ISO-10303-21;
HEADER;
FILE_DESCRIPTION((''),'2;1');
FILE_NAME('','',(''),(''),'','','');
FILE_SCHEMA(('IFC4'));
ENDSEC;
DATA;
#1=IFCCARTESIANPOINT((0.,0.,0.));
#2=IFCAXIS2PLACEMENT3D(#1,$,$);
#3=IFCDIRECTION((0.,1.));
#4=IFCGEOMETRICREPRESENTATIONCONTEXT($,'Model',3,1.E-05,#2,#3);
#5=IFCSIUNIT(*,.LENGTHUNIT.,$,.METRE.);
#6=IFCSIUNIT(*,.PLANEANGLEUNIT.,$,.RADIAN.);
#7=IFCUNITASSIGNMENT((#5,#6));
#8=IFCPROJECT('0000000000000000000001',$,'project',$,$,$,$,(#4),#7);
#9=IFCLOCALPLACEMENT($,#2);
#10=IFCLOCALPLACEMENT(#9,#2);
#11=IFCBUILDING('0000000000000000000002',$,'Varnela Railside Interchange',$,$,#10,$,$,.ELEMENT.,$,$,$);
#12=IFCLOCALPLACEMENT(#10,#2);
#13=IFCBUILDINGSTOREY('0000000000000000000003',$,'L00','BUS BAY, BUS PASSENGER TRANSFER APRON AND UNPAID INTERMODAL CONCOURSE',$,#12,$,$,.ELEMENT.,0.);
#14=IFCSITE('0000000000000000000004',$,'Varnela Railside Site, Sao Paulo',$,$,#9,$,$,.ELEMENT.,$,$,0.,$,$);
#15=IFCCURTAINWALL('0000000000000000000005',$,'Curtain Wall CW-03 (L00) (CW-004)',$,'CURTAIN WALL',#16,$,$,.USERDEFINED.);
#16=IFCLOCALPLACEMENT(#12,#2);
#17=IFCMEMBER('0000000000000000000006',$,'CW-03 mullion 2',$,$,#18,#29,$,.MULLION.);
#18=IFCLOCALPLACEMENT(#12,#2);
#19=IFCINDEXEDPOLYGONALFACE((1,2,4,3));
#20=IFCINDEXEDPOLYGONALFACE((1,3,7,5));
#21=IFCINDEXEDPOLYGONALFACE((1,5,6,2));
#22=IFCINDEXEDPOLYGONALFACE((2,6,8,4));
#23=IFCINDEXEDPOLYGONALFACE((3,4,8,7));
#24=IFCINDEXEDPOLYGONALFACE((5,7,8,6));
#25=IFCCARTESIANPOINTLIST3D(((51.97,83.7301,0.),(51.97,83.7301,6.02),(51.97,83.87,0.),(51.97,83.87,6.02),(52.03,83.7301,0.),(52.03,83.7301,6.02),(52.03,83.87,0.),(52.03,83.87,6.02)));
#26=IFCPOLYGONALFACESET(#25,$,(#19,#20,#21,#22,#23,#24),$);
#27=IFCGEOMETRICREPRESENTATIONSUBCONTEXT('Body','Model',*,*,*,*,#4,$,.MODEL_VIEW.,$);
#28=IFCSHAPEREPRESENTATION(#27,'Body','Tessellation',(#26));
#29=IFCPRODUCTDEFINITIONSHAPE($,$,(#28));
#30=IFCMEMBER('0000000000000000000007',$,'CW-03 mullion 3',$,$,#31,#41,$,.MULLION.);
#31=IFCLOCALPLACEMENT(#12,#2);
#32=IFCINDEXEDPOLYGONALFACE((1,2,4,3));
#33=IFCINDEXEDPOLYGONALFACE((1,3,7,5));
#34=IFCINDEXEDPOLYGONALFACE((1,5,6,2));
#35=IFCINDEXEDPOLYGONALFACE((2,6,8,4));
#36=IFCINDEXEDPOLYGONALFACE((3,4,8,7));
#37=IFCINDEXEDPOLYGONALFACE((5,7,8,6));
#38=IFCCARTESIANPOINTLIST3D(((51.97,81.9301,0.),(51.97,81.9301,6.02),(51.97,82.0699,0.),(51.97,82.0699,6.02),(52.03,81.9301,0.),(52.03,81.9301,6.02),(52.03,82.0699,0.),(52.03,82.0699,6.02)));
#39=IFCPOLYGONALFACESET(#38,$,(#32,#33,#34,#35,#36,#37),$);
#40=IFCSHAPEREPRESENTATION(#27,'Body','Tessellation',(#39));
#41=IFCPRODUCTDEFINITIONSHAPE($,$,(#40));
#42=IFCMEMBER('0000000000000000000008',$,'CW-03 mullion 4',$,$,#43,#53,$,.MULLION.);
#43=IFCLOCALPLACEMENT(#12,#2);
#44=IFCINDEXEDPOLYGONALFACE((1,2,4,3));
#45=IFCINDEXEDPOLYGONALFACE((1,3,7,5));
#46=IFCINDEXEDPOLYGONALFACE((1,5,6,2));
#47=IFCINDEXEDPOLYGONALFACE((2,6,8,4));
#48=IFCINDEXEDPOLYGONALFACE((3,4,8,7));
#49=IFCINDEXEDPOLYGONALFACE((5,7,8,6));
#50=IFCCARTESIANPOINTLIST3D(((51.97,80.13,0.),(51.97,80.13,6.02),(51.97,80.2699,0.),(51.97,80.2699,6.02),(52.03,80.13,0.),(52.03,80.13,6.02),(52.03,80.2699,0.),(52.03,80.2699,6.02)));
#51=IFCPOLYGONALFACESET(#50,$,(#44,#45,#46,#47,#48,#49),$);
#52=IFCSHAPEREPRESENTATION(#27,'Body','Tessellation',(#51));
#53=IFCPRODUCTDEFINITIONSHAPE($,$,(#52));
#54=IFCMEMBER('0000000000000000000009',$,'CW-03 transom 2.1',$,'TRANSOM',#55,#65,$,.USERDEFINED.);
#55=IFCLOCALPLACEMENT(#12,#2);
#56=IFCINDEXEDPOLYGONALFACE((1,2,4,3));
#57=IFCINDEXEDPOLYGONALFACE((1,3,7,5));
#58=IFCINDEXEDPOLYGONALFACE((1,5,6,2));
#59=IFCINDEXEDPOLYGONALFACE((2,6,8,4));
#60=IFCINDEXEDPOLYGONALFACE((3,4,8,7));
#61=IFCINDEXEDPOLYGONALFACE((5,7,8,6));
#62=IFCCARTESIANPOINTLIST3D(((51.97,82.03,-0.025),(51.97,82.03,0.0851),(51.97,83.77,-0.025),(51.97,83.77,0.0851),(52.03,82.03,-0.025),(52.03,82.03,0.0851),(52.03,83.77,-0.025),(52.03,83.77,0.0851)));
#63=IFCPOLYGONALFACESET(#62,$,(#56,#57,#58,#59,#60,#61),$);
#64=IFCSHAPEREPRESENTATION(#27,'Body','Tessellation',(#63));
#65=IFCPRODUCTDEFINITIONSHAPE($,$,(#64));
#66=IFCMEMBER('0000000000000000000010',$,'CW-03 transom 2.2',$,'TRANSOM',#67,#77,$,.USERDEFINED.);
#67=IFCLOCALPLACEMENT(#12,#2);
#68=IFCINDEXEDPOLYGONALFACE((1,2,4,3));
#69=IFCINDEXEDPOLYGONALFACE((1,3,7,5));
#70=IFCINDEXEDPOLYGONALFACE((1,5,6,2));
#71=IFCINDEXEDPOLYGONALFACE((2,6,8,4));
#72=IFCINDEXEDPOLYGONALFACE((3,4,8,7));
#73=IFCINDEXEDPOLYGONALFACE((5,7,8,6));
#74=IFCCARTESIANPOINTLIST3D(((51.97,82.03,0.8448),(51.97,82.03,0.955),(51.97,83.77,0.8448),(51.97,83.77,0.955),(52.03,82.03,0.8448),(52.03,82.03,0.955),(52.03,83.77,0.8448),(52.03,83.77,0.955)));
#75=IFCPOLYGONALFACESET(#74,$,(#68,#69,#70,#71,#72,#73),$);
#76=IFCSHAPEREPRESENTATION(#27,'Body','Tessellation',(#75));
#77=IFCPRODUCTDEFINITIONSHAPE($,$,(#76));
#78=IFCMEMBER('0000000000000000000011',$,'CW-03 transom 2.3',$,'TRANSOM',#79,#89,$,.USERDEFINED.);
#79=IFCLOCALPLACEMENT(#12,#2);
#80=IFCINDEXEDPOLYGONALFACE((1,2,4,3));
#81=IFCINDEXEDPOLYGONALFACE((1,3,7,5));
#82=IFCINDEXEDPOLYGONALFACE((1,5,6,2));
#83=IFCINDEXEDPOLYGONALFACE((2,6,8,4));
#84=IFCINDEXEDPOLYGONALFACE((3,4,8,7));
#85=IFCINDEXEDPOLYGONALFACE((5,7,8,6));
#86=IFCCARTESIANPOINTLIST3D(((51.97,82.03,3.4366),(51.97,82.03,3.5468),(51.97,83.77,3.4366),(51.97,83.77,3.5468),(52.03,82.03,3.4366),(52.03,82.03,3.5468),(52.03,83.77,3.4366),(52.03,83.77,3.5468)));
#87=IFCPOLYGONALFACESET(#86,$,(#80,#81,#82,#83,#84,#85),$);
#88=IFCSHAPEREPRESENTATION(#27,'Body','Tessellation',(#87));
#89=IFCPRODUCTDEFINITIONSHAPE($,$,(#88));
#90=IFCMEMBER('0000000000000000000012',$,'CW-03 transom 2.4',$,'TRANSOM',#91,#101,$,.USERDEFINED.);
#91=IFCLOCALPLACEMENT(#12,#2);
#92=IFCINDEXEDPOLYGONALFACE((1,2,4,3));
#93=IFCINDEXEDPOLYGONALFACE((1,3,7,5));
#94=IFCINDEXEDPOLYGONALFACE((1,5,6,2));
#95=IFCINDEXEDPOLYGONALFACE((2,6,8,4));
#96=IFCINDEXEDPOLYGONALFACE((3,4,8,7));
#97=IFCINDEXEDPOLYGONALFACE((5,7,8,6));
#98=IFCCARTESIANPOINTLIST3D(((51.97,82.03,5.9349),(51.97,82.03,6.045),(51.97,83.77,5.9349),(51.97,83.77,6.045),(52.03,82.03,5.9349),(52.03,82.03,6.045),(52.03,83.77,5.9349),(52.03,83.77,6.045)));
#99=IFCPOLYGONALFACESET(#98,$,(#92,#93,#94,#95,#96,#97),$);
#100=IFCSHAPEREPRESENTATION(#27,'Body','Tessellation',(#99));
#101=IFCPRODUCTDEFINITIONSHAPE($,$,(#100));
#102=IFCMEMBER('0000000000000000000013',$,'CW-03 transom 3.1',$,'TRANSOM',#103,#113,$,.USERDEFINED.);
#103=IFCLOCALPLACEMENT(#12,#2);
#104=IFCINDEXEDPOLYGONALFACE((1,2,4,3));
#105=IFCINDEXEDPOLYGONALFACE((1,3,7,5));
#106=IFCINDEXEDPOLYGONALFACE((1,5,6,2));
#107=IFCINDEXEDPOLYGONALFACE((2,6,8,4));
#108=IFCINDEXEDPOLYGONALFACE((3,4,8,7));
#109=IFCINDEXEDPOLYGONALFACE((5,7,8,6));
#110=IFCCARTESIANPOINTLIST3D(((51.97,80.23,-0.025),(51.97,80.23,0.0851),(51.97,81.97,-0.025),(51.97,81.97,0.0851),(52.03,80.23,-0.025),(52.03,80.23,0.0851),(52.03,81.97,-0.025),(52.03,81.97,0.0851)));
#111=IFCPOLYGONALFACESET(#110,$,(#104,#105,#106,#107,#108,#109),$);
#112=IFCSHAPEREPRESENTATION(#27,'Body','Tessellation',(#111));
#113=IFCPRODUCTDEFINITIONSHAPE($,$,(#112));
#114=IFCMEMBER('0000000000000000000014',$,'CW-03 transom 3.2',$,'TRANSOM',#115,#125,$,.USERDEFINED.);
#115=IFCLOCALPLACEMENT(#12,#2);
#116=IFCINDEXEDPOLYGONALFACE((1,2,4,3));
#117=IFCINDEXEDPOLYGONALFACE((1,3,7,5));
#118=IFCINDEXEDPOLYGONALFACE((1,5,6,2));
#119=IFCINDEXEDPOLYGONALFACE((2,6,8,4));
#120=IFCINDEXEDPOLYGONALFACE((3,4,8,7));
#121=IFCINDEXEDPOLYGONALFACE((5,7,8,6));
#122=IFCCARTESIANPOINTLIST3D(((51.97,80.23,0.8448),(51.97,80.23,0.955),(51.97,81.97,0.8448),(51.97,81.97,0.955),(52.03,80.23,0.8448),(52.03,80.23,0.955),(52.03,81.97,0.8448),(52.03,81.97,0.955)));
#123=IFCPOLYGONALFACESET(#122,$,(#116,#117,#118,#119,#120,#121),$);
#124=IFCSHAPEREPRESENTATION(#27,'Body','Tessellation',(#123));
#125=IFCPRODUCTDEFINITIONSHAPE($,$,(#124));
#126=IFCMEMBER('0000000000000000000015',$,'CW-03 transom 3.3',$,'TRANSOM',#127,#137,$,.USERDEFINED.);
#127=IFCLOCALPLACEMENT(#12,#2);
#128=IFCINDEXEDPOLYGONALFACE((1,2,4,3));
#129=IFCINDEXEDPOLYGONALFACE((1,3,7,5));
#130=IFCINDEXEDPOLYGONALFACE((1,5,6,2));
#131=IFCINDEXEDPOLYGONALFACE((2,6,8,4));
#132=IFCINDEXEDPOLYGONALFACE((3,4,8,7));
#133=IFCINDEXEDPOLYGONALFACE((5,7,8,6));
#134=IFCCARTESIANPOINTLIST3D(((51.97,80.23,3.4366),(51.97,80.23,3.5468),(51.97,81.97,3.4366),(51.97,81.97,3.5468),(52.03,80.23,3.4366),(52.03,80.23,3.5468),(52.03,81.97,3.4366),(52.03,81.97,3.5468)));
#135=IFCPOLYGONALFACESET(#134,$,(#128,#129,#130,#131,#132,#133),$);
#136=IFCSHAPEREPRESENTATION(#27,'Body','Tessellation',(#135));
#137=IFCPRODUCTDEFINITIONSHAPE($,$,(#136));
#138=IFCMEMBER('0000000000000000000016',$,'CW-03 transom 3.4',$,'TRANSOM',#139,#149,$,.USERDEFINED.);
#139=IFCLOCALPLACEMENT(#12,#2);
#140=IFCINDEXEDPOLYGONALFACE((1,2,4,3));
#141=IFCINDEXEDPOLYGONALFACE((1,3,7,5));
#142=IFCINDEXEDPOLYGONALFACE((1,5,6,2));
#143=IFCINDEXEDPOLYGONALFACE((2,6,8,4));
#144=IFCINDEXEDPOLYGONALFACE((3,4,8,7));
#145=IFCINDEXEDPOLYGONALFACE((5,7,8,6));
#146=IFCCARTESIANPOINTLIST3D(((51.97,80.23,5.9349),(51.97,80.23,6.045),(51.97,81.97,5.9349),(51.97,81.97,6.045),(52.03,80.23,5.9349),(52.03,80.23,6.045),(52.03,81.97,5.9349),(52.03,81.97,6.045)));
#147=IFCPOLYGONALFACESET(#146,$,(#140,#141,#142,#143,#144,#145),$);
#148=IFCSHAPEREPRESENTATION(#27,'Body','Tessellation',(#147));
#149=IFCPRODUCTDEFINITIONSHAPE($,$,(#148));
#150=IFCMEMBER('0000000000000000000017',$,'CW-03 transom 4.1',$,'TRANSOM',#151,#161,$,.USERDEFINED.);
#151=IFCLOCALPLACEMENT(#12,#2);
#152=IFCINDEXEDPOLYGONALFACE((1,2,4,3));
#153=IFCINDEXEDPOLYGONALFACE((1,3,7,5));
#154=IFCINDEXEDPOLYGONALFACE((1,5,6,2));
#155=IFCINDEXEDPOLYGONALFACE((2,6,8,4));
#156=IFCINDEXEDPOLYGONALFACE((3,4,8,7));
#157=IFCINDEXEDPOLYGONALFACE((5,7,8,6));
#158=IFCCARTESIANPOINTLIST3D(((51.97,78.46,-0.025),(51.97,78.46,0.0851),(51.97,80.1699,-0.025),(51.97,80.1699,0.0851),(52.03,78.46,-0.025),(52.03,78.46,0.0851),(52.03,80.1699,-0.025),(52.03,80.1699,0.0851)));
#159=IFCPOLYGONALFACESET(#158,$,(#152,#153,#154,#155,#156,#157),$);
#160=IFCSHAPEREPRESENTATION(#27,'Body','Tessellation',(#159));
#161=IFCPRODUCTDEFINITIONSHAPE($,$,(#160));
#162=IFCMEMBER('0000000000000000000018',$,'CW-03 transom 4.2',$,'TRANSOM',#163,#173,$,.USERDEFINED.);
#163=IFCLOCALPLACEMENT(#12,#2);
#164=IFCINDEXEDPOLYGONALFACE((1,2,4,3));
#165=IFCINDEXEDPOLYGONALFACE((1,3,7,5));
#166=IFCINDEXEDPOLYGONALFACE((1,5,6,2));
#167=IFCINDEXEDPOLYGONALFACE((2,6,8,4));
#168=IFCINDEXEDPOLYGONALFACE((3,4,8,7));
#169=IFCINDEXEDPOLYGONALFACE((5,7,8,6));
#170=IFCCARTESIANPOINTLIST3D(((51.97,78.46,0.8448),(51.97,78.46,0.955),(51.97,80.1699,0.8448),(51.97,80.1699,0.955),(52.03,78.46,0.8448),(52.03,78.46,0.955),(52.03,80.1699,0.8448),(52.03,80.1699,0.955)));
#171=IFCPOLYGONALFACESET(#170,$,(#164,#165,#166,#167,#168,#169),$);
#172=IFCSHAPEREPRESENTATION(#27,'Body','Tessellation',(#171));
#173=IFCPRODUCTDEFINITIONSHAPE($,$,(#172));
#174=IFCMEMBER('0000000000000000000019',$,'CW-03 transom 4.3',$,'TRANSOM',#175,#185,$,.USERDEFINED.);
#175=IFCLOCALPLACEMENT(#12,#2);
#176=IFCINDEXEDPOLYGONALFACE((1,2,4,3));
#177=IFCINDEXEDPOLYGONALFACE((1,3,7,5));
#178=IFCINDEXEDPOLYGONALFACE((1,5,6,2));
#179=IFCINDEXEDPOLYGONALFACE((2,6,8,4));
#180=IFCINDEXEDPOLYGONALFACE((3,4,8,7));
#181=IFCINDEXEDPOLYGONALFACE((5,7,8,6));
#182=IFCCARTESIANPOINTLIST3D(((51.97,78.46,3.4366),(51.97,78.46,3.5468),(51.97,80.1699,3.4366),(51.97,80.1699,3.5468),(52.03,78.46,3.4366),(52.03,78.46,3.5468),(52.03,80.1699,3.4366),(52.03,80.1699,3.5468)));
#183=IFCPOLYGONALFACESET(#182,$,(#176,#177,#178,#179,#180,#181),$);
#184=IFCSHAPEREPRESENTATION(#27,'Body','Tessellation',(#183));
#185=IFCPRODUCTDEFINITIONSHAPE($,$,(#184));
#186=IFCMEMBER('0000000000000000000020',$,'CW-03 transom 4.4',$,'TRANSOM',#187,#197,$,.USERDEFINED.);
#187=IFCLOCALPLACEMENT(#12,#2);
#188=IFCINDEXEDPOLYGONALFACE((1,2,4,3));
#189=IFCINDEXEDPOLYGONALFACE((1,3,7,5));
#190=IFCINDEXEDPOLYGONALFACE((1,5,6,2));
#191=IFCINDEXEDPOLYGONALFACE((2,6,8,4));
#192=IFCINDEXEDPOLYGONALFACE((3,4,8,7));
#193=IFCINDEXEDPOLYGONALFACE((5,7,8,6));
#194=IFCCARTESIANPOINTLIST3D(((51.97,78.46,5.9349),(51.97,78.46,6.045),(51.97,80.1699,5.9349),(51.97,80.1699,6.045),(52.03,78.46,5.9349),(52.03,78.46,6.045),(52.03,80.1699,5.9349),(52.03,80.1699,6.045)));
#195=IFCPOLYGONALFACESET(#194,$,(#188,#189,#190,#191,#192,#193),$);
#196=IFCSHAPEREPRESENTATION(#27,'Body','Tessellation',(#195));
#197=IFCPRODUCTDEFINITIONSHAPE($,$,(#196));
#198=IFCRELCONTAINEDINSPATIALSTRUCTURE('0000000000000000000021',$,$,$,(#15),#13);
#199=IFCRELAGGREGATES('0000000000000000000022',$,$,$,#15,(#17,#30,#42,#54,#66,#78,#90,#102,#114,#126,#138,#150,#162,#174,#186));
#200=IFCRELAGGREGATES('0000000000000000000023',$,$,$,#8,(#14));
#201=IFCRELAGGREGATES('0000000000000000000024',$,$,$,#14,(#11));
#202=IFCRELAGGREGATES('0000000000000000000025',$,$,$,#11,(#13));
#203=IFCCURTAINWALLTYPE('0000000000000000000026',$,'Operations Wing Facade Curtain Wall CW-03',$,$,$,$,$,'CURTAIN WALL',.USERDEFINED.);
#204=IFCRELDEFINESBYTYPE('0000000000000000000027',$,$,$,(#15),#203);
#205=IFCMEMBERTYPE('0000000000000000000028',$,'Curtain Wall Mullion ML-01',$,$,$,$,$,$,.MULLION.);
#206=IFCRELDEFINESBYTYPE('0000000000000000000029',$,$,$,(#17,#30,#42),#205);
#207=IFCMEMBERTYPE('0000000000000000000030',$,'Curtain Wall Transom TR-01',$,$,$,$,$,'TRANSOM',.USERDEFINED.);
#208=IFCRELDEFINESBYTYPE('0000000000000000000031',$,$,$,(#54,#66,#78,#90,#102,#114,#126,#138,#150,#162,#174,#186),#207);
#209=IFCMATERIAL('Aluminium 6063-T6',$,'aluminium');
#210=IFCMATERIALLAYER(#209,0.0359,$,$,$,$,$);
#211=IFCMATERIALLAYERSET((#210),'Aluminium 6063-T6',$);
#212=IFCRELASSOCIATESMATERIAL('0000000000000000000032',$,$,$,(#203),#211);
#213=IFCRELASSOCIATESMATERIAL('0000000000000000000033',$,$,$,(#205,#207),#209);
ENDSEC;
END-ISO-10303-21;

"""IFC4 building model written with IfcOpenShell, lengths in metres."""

from ifc_helpers import new_model, si_unit, direction, frame, origin, origin_2d, place, context, subcontext, project, spatial, rectangle, extrude, material, layer, layer_set, material_profile, profile_set, type_object, element, aggregate, save


model = new_model("IFC4")

# Units and contexts
model_context = context("Model", 3, precision=1e-05, world=origin(), true_north=direction((0.0, 1.0)))
body_context = subcontext(model_context, "Body", "Model", "MODEL_VIEW")
ifc_project = project(units=[si_unit("LENGTHUNIT", "METRE"), si_unit("PLANEANGLEUNIT", "RADIAN")], contexts=[model_context])

# Site, building, storey
site_placement = place(None, origin())
site = spatial("IfcSite", under=ifc_project, at=site_placement, Name="Varnela Railside Site, Sao Paulo", CompositionType="ELEMENT", RefElevation=0.0)
building_placement = place(site_placement, origin())
building = spatial("IfcBuilding", under=site, at=building_placement, Name="Varnela Railside Interchange", CompositionType="ELEMENT")
storey_placement = place(building_placement, origin())
storey = spatial("IfcBuildingStorey", under=building, at=storey_placement, Name="L00", Description="BUS BAY, BUS PASSENGER TRANSFER APRON AND UNPAID INTERMODAL CONCOURSE", CompositionType="ELEMENT", Elevation=0.0)

# Curtain wall, members
ifc_material_1 = material(Name="Aluminium 6063-T6", Category="aluminium")
ifc_layer_1 = layer(ifc_material_1, 0.0359)
ifc_layer_set_1 = layer_set([ifc_layer_1], Name="Aluminium 6063-T6")
curtain_wall_type = type_object("IfcCurtainWallType", Name="Operations Wing Facade Curtain Wall CW-03", ElementType="CURTAIN WALL", PredefinedType="USERDEFINED", material=ifc_layer_set_1)
curtain_wall_placement = place(storey_placement, origin())
curtain_wall = element("IfcCurtainWall", 1, at=curtain_wall_placement, inside=storey, type_object=curtain_wall_type, Name="Curtain Wall CW-03 (L00) (CW-004)", ObjectType="CURTAIN WALL", PredefinedType="USERDEFINED")
ifc_material_profile_1 = material_profile(ifc_material_1, rectangle(XDim=0.0601, YDim=0.1399, at=origin_2d()), Name="ALU 60x140")
ifc_profile_set_1 = profile_set([ifc_material_profile_1], Name="Aluminium 6063-T6")
member_type_1 = type_object("IfcMemberType", Name="Curtain Wall Mullion ML-01", PredefinedType="MULLION", material=ifc_profile_set_1)
member_1_placement = place(storey_placement, frame((52.0, 83.8, 0.0), z_axis=(0.0, 0.0, 1.0), x_axis=(1.0, 0.0, 0.0)))
member_1 = element("IfcMember", 2, at=member_1_placement, type_object=member_type_1, Name="CW-03 mullion 2", PredefinedType="MULLION", context=body_context, shape_type="SweptSolid", body=[
    extrude(rectangle(XDim=0.0601, YDim=0.1399, at=origin_2d()), origin(), (0.0, 0.0, 1.0), 6.02),
])
member_2_placement = place(storey_placement, frame((52.0, 82.0, 0.0), z_axis=(0.0, 0.0, 1.0), x_axis=(1.0, 0.0, 0.0)))
member_2 = element("IfcMember", 3, at=member_2_placement, type_object=member_type_1, Name="CW-03 mullion 3", PredefinedType="MULLION", context=body_context, shape_type="SweptSolid", body=[
    extrude(rectangle(XDim=0.0601, YDim=0.1399, at=origin_2d()), origin(), (0.0, 0.0, 1.0), 6.02),
])
member_3_placement = place(storey_placement, frame((52.0, 80.2, 0.0), z_axis=(0.0, 0.0, 1.0), x_axis=(1.0, 0.0, 0.0)))
member_3 = element("IfcMember", 4, at=member_3_placement, type_object=member_type_1, Name="CW-03 mullion 4", PredefinedType="MULLION", context=body_context, shape_type="SweptSolid", body=[
    extrude(rectangle(XDim=0.0601, YDim=0.1399, at=origin_2d()), origin(), (0.0, 0.0, 1.0), 6.02),
])
ifc_material_profile_2 = material_profile(ifc_material_1, rectangle(XDim=0.0601, YDim=0.1101, at=origin_2d()), Name="ALU 60x110")
ifc_profile_set_2 = profile_set([ifc_material_profile_2], Name="Aluminium 6063-T6")
member_type_2 = type_object("IfcMemberType", Name="Curtain Wall Transom TR-01", ElementType="TRANSOM", PredefinedType="USERDEFINED", material=ifc_profile_set_2)
member_4_placement = place(storey_placement, frame((52.0, 83.77, 0.03), z_axis=(0.0, -1.0, 0.0), x_axis=(1.0, 0.0, 0.0)))
member_4 = element("IfcMember", 5, at=member_4_placement, type_object=member_type_2, Name="CW-03 transom 2.1", ObjectType="TRANSOM", PredefinedType="USERDEFINED", context=body_context, shape_type="SweptSolid", body=[
    extrude(rectangle(XDim=0.0601, YDim=0.1101, at=origin_2d()), origin(), (0.0, 0.0, 1.0), 1.74),
])
member_5_placement = place(storey_placement, frame((52.0, 83.77, 0.8999), z_axis=(0.0, -1.0, 0.0), x_axis=(1.0, 0.0, 0.0)))
member_5 = element("IfcMember", 6, at=member_5_placement, type_object=member_type_2, Name="CW-03 transom 2.2", ObjectType="TRANSOM", PredefinedType="USERDEFINED", context=body_context, shape_type="SweptSolid", body=[
    extrude(rectangle(XDim=0.0601, YDim=0.1101, at=origin_2d()), origin(), (0.0, 0.0, 1.0), 1.74),
])
member_6_placement = place(storey_placement, frame((52.0, 83.77, 3.4917), z_axis=(0.0, -1.0, 0.0), x_axis=(1.0, 0.0, 0.0)))
member_6 = element("IfcMember", 7, at=member_6_placement, type_object=member_type_2, Name="CW-03 transom 2.3", ObjectType="TRANSOM", PredefinedType="USERDEFINED", context=body_context, shape_type="SweptSolid", body=[
    extrude(rectangle(XDim=0.0601, YDim=0.1101, at=origin_2d()), origin(), (0.0, 0.0, 1.0), 1.74),
])
member_7_placement = place(storey_placement, frame((52.0, 83.77, 5.99), z_axis=(0.0, -1.0, 0.0), x_axis=(1.0, 0.0, 0.0)))
member_7 = element("IfcMember", 8, at=member_7_placement, type_object=member_type_2, Name="CW-03 transom 2.4", ObjectType="TRANSOM", PredefinedType="USERDEFINED", context=body_context, shape_type="SweptSolid", body=[
    extrude(rectangle(XDim=0.0601, YDim=0.1101, at=origin_2d()), origin(), (0.0, 0.0, 1.0), 1.74),
])
member_8_placement = place(storey_placement, frame((52.0, 81.97, 0.03), z_axis=(0.0, -1.0, 0.0), x_axis=(1.0, 0.0, 0.0)))
member_8 = element("IfcMember", 9, at=member_8_placement, type_object=member_type_2, Name="CW-03 transom 3.1", ObjectType="TRANSOM", PredefinedType="USERDEFINED", context=body_context, shape_type="SweptSolid", body=[
    extrude(rectangle(XDim=0.0601, YDim=0.1101, at=origin_2d()), origin(), (0.0, 0.0, 1.0), 1.74),
])
member_9_placement = place(storey_placement, frame((52.0, 81.97, 0.8999), z_axis=(0.0, -1.0, 0.0), x_axis=(1.0, 0.0, 0.0)))
member_9 = element("IfcMember", 10, at=member_9_placement, type_object=member_type_2, Name="CW-03 transom 3.2", ObjectType="TRANSOM", PredefinedType="USERDEFINED", context=body_context, shape_type="SweptSolid", body=[
    extrude(rectangle(XDim=0.0601, YDim=0.1101, at=origin_2d()), origin(), (0.0, 0.0, 1.0), 1.74),
])
member_10_placement = place(storey_placement, frame((52.0, 81.97, 3.4917), z_axis=(0.0, -1.0, 0.0), x_axis=(1.0, 0.0, 0.0)))
member_10 = element("IfcMember", 11, at=member_10_placement, type_object=member_type_2, Name="CW-03 transom 3.3", ObjectType="TRANSOM", PredefinedType="USERDEFINED", context=body_context, shape_type="SweptSolid", body=[
    extrude(rectangle(XDim=0.0601, YDim=0.1101, at=origin_2d()), origin(), (0.0, 0.0, 1.0), 1.74),
])
member_11_placement = place(storey_placement, frame((52.0, 81.97, 5.99), z_axis=(0.0, -1.0, 0.0), x_axis=(1.0, 0.0, 0.0)))
member_11 = element("IfcMember", 12, at=member_11_placement, type_object=member_type_2, Name="CW-03 transom 3.4", ObjectType="TRANSOM", PredefinedType="USERDEFINED", context=body_context, shape_type="SweptSolid", body=[
    extrude(rectangle(XDim=0.0601, YDim=0.1101, at=origin_2d()), origin(), (0.0, 0.0, 1.0), 1.74),
])
member_12_placement = place(storey_placement, frame((52.0, 80.1699, 0.03), z_axis=(0.0, -1.0, 0.0), x_axis=(1.0, 0.0, 0.0)))
member_12 = element("IfcMember", 13, at=member_12_placement, type_object=member_type_2, Name="CW-03 transom 4.1", ObjectType="TRANSOM", PredefinedType="USERDEFINED", context=body_context, shape_type="SweptSolid", body=[
    extrude(rectangle(XDim=0.0601, YDim=0.1101, at=origin_2d()), origin(), (0.0, 0.0, 1.0), 1.71),
])
member_13_placement = place(storey_placement, frame((52.0, 80.1699, 0.8999), z_axis=(0.0, -1.0, 0.0), x_axis=(1.0, 0.0, 0.0)))
member_13 = element("IfcMember", 14, at=member_13_placement, type_object=member_type_2, Name="CW-03 transom 4.2", ObjectType="TRANSOM", PredefinedType="USERDEFINED", context=body_context, shape_type="SweptSolid", body=[
    extrude(rectangle(XDim=0.0601, YDim=0.1101, at=origin_2d()), origin(), (0.0, 0.0, 1.0), 1.71),
])
member_14_placement = place(storey_placement, frame((52.0, 80.1699, 3.4917), z_axis=(0.0, -1.0, 0.0), x_axis=(1.0, 0.0, 0.0)))
member_14 = element("IfcMember", 15, at=member_14_placement, type_object=member_type_2, Name="CW-03 transom 4.3", ObjectType="TRANSOM", PredefinedType="USERDEFINED", context=body_context, shape_type="SweptSolid", body=[
    extrude(rectangle(XDim=0.0601, YDim=0.1101, at=origin_2d()), origin(), (0.0, 0.0, 1.0), 1.71),
])
member_15_placement = place(storey_placement, frame((52.0, 80.1699, 5.99), z_axis=(0.0, -1.0, 0.0), x_axis=(1.0, 0.0, 0.0)))
member_15 = element("IfcMember", 16, at=member_15_placement, type_object=member_type_2, Name="CW-03 transom 4.4", ObjectType="TRANSOM", PredefinedType="USERDEFINED", context=body_context, shape_type="SweptSolid", body=[
    extrude(rectangle(XDim=0.0601, YDim=0.1101, at=origin_2d()), origin(), (0.0, 0.0, 1.0), 1.71),
])
aggregate(curtain_wall, [member_1, member_2, member_3, member_4, member_5, member_6, member_7, member_8, member_9, member_10, member_11, member_12, member_13, member_14, member_15])

save(model, "model.ifc")
